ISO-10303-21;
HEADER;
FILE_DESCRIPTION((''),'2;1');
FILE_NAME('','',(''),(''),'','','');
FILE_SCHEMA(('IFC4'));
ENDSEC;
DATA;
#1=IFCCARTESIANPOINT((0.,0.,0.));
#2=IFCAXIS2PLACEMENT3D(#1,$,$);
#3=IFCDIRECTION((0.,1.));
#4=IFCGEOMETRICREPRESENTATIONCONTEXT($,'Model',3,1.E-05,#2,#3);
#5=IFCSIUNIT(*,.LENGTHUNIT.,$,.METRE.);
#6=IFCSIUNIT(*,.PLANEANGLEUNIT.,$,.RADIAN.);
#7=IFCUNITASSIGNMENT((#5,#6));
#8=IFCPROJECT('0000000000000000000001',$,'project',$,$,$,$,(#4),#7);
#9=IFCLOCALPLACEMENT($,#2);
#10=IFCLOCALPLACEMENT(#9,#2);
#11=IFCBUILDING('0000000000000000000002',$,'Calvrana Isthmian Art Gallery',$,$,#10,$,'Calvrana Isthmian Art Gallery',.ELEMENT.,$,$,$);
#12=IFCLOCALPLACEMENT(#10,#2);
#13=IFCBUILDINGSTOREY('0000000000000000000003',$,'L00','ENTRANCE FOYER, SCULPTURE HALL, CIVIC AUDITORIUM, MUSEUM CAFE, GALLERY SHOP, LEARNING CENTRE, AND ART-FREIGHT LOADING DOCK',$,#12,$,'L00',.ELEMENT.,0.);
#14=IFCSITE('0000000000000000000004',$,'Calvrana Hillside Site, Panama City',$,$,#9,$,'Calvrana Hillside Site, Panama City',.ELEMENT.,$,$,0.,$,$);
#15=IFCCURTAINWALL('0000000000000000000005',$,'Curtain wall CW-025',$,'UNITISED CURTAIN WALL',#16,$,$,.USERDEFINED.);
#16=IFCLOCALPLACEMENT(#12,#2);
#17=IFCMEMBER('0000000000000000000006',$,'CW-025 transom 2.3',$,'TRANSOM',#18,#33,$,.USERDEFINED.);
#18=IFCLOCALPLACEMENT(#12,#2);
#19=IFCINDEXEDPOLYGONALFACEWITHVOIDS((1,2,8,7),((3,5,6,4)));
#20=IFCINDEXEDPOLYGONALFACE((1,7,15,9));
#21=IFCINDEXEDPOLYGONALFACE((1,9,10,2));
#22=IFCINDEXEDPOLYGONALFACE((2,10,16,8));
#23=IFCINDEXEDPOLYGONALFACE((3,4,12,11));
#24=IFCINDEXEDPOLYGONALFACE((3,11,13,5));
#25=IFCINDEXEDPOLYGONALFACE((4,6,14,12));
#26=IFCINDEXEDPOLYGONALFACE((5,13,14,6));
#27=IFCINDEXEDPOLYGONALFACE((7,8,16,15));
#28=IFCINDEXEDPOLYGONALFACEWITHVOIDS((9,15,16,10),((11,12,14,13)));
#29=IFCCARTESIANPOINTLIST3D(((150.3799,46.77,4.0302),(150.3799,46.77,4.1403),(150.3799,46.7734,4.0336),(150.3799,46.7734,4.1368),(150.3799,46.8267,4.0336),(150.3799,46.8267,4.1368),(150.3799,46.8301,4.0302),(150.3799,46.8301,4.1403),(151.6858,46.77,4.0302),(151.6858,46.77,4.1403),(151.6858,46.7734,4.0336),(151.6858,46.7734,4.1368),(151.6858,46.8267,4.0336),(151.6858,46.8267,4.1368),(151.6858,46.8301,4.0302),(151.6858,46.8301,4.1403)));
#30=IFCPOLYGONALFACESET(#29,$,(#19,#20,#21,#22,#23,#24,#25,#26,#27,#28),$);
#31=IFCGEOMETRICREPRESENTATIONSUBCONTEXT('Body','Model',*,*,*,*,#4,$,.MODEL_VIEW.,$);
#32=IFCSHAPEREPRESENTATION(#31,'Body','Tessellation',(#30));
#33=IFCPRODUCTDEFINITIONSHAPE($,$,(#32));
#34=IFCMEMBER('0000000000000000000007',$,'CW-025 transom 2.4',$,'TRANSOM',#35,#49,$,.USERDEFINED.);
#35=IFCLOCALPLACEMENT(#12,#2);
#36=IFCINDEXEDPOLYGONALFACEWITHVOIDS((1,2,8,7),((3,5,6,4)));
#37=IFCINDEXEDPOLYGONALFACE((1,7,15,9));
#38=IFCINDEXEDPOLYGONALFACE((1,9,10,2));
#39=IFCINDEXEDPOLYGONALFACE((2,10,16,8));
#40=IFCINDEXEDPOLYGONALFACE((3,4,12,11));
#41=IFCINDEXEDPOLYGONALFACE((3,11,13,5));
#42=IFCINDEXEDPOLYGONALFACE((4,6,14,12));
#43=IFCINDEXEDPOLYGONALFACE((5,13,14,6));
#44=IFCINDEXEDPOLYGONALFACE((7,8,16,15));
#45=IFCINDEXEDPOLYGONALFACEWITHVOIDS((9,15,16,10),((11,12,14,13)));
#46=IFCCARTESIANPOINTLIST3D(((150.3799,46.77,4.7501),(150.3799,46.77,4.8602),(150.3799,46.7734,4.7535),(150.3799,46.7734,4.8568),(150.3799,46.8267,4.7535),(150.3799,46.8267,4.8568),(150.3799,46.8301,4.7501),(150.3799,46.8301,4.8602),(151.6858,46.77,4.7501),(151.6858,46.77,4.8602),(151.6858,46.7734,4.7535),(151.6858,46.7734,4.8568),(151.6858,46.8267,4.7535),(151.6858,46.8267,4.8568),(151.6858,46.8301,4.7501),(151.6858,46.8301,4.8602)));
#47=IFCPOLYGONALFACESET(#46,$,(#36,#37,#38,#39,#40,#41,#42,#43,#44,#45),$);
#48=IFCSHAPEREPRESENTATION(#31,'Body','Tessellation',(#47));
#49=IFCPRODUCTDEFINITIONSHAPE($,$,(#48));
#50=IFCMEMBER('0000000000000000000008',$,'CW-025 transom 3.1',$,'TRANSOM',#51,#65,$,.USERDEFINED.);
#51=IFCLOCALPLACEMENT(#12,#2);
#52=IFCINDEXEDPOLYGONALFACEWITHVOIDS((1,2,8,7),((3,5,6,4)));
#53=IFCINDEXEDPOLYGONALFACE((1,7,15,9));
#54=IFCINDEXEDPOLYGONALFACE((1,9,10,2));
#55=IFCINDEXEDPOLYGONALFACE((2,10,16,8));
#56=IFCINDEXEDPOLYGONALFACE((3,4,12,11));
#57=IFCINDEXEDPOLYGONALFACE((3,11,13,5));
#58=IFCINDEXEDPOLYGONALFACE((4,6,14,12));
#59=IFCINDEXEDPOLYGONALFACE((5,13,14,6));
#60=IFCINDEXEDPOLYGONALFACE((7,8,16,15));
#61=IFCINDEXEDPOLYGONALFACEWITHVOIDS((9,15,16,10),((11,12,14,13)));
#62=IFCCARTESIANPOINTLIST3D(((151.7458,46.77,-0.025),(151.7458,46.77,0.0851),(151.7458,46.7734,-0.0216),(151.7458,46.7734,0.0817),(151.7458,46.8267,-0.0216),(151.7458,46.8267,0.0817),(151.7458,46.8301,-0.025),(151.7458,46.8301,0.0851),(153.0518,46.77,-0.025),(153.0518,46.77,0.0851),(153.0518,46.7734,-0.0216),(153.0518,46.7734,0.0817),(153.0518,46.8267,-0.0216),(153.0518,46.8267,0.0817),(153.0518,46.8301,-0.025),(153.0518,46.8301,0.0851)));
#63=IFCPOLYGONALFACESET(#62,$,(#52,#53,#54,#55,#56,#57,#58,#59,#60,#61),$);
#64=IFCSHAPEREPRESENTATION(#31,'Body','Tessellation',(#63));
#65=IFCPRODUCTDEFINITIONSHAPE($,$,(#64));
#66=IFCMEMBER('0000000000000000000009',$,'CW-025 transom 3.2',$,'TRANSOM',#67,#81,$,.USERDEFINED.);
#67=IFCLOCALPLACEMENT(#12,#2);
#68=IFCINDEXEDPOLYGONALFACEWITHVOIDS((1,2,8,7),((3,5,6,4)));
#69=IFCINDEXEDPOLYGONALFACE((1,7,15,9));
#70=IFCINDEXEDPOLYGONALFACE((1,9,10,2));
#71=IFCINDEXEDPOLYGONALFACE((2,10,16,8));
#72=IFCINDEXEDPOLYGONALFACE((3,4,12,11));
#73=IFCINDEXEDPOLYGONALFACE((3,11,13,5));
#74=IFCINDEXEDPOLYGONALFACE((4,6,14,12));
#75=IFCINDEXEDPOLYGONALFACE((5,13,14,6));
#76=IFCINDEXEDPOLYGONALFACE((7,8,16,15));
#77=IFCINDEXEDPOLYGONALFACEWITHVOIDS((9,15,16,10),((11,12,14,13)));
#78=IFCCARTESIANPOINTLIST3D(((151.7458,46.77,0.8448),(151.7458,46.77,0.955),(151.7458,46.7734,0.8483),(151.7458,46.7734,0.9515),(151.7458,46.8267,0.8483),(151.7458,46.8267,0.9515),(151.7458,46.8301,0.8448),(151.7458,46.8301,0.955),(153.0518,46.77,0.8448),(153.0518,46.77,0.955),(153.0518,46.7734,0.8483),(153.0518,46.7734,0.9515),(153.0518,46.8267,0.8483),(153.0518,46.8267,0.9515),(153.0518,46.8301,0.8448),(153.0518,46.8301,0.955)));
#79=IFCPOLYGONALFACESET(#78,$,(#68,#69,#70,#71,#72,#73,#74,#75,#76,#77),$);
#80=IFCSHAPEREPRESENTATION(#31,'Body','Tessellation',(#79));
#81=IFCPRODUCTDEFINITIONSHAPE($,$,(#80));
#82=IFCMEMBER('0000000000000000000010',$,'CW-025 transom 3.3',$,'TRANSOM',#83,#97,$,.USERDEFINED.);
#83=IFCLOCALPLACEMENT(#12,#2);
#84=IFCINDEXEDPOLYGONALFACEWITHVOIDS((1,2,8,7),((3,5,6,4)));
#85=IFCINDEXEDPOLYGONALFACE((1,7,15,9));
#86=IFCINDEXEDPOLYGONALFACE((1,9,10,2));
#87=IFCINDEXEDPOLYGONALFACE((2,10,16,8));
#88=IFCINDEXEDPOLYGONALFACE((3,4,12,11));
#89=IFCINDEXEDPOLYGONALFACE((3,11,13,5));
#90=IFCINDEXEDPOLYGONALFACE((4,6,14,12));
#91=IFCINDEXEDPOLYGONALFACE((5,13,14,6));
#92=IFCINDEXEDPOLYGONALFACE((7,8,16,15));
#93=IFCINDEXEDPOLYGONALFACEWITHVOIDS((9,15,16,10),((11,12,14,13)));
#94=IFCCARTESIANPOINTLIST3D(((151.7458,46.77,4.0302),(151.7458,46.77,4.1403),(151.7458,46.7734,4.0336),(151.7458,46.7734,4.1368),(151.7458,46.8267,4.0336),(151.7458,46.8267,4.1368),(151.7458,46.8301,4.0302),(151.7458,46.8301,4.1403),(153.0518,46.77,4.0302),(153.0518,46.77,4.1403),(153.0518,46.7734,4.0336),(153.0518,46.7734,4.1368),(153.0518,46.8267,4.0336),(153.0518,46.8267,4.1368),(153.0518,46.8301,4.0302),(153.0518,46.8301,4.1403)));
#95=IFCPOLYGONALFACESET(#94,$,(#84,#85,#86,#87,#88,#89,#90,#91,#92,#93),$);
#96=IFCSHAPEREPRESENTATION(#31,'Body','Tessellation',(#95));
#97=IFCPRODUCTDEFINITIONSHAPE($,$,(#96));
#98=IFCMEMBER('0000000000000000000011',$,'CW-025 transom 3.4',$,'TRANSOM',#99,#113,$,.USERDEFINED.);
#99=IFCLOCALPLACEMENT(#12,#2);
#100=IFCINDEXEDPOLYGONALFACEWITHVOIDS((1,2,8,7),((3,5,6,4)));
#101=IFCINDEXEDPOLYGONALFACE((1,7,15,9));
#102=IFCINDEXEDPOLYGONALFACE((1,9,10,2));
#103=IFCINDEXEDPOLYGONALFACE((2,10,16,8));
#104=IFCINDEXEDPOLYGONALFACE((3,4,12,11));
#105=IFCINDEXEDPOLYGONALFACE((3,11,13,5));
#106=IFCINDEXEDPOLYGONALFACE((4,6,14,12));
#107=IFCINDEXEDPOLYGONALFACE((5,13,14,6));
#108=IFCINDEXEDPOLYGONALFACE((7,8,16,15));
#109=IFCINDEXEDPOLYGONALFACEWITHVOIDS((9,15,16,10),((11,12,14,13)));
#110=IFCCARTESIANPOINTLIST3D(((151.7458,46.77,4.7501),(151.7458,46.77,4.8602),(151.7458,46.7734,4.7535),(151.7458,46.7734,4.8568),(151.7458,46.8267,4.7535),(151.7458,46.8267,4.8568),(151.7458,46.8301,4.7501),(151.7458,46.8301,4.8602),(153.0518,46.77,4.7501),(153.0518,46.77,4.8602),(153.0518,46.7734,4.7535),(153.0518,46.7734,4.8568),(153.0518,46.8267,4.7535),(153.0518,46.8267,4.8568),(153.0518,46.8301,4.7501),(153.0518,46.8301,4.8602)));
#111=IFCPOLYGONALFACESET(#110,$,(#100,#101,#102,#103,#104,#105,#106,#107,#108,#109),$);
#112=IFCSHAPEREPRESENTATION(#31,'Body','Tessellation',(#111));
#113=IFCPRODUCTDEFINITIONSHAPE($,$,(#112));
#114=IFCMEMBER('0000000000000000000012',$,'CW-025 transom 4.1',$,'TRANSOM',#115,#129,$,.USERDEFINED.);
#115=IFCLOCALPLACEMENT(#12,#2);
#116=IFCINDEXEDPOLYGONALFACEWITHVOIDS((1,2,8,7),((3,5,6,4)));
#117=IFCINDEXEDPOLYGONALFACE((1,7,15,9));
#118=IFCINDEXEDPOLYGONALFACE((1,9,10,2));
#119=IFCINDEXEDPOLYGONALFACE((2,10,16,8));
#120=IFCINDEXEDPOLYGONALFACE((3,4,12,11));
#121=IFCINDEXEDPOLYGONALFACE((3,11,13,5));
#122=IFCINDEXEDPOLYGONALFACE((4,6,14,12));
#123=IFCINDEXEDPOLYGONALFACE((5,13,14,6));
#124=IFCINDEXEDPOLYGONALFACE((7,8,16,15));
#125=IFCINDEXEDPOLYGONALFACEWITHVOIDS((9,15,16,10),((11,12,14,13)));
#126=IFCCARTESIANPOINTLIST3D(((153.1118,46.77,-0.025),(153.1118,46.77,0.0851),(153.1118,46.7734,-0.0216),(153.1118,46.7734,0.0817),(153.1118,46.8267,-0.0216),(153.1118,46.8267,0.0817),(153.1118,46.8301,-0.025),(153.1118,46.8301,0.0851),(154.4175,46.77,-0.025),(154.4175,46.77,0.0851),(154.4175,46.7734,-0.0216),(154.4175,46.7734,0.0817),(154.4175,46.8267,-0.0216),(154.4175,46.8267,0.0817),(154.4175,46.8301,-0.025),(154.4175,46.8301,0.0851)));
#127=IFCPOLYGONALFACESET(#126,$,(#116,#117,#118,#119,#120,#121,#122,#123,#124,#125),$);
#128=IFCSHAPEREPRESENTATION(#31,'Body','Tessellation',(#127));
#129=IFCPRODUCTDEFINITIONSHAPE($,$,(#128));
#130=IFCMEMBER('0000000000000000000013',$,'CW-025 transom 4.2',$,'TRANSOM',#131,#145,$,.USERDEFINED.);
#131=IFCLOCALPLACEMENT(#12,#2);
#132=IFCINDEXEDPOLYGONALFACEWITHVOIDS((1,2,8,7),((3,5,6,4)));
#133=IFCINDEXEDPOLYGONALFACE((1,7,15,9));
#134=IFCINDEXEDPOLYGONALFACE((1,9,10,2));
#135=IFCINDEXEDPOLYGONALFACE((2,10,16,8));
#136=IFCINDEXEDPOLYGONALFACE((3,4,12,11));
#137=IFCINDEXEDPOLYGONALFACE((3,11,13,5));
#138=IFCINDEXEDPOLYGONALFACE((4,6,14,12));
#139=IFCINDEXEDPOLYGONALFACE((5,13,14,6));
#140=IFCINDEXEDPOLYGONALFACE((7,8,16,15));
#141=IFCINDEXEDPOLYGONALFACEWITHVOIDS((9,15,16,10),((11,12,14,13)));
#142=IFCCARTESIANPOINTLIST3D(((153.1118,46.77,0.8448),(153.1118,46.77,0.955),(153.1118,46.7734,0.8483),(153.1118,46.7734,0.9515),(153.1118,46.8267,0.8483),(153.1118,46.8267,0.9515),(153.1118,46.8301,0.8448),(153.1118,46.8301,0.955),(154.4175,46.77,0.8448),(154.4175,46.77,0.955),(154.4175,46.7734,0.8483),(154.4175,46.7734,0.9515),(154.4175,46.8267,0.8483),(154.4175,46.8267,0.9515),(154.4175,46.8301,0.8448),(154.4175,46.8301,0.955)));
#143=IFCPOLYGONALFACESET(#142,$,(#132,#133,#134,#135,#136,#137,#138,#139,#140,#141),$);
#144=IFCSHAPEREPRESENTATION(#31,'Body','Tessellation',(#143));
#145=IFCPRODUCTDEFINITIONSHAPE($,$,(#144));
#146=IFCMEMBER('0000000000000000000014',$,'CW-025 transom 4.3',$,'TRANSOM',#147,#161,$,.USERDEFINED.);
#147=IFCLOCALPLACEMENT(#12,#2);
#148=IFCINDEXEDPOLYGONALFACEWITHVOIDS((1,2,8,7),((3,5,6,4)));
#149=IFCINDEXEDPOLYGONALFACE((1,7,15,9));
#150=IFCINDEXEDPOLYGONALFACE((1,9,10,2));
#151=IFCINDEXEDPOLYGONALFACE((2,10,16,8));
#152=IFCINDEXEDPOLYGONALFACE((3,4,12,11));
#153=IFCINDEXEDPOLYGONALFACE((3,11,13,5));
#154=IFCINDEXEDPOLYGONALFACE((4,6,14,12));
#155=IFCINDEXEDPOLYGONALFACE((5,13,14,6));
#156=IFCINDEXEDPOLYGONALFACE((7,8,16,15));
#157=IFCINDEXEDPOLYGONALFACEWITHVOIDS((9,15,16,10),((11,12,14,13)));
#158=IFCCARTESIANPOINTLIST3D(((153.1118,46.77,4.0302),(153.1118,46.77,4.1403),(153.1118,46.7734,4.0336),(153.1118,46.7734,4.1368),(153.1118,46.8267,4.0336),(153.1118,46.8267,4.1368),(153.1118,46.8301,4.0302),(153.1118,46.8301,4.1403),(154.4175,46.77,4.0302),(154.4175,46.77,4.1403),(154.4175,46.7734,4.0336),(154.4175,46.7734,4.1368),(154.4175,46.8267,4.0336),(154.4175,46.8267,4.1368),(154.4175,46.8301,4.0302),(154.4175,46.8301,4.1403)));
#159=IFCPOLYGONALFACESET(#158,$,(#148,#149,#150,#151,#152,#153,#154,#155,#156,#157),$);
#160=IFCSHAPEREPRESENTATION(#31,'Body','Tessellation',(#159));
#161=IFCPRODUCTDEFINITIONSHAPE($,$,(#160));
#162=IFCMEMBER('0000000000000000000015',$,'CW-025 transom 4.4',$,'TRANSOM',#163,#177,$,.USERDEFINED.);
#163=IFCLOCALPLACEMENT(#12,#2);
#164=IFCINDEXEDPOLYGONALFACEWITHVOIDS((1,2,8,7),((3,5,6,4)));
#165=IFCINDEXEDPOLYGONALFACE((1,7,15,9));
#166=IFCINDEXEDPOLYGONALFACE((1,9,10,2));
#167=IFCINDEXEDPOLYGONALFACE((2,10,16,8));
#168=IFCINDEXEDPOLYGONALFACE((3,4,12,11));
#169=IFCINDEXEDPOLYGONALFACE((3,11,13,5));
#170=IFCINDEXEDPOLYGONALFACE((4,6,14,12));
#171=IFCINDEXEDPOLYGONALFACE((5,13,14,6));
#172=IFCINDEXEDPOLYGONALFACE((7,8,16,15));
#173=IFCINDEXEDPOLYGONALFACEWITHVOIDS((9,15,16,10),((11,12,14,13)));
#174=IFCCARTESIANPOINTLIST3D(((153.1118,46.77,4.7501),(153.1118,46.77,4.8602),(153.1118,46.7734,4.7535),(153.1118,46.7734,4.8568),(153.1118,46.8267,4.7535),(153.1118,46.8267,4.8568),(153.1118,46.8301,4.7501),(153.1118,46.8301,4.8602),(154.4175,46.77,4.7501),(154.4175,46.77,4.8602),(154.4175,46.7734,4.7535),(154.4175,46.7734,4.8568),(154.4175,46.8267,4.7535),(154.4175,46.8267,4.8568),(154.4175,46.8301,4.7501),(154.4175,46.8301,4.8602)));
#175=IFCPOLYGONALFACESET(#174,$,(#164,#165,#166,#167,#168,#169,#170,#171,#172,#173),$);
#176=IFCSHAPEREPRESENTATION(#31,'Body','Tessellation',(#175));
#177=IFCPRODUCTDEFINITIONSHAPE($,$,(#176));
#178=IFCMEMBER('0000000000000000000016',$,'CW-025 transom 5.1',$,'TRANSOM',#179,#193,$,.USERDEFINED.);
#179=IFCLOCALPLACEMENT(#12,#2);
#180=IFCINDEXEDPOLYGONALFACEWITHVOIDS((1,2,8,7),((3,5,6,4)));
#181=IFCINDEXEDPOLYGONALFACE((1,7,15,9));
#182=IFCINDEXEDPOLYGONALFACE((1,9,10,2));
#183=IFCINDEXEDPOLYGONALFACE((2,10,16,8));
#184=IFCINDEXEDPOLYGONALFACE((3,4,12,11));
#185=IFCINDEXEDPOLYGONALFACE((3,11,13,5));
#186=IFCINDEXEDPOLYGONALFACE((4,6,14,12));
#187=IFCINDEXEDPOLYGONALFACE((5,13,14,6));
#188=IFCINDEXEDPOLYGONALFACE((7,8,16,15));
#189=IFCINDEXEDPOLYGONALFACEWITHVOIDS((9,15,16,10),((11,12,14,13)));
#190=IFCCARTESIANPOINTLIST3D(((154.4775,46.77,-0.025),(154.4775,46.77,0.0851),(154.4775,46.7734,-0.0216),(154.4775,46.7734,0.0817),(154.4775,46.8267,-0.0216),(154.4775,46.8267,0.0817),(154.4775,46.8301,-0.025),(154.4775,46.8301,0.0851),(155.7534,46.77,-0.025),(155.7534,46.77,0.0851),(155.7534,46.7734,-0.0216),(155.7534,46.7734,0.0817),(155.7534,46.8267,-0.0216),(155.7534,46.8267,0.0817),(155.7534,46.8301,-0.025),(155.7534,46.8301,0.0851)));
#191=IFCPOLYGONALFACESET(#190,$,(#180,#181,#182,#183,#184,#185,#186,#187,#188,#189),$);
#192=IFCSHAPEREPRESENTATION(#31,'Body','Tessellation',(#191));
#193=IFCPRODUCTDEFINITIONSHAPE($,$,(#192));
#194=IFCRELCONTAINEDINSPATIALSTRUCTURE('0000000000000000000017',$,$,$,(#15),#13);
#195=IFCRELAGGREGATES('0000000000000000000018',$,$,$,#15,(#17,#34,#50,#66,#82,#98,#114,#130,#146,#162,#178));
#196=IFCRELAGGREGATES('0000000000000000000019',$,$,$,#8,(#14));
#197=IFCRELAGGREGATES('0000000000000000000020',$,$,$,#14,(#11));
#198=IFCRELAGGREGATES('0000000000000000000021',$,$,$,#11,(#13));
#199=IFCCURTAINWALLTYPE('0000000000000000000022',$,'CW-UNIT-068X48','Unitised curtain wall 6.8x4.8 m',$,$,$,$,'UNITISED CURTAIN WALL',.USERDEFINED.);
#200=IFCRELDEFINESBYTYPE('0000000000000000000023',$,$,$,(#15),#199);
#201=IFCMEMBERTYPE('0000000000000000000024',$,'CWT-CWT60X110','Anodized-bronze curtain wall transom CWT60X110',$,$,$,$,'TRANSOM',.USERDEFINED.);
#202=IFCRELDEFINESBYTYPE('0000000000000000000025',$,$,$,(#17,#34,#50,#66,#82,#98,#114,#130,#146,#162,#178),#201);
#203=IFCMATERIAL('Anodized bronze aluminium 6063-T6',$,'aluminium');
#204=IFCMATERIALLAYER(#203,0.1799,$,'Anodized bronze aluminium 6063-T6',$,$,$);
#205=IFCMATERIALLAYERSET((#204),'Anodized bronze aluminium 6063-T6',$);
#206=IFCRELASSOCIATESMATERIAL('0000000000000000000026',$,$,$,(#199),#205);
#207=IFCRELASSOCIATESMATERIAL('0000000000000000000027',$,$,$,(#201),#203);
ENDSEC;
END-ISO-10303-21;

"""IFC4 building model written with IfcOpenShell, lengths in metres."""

from ifc_helpers import new_model, si_unit, direction, frame, origin, origin_2d, place, context, subcontext, project, spatial, hollow_rectangle, extrude, material, layer, layer_set, material_profile, profile_set, type_object, element, aggregate, save


model = new_model("IFC4")

# Units and contexts
model_context = context("Model", 3, precision=1e-05, world=origin(), true_north=direction((0.0, 1.0)))
body_context = subcontext(model_context, "Body", "Model", "MODEL_VIEW")
ifc_project = project(units=[si_unit("LENGTHUNIT", "METRE"), si_unit("PLANEANGLEUNIT", "RADIAN")], contexts=[model_context])

# Site, building, storey
site_placement = place(None, origin())
site = spatial("IfcSite", under=ifc_project, at=site_placement, Name="Calvrana Hillside Site, Panama City", LongName="Calvrana Hillside Site, Panama City", CompositionType="ELEMENT", RefElevation=0.0)
building_placement = place(site_placement, origin())
building = spatial("IfcBuilding", under=site, at=building_placement, Name="Calvrana Isthmian Art Gallery", LongName="Calvrana Isthmian Art Gallery", CompositionType="ELEMENT")
storey_placement = place(building_placement, origin())
storey = spatial("IfcBuildingStorey", under=building, at=storey_placement, Name="L00", Description="ENTRANCE FOYER, SCULPTURE HALL, CIVIC AUDITORIUM, MUSEUM CAFE, GALLERY SHOP, LEARNING CENTRE, AND ART-FREIGHT LOADING DOCK", LongName="L00", CompositionType="ELEMENT", Elevation=0.0)

# Curtain wall, members
ifc_material_1 = material(Name="Anodized bronze aluminium 6063-T6", Category="aluminium")
ifc_layer_1 = layer(ifc_material_1, 0.1799, Name="Anodized bronze aluminium 6063-T6")
ifc_layer_set_1 = layer_set([ifc_layer_1], Name="Anodized bronze aluminium 6063-T6")
curtain_wall_type = type_object("IfcCurtainWallType", Name="CW-UNIT-068X48", Description="Unitised curtain wall 6.8x4.8 m", ElementType="UNITISED CURTAIN WALL", PredefinedType="USERDEFINED", material=ifc_layer_set_1)
curtain_wall_placement = place(storey_placement, origin())
curtain_wall = element("IfcCurtainWall", 1, at=curtain_wall_placement, inside=storey, type_object=curtain_wall_type, Name="Curtain wall CW-025", ObjectType="UNITISED CURTAIN WALL", PredefinedType="USERDEFINED")
ifc_material_profile_1 = material_profile(ifc_material_1, hollow_rectangle(XDim=0.0601, YDim=0.1101, WallThickness=0.0034, at=origin_2d()), Name="CWT60X110")
ifc_profile_set_1 = profile_set([ifc_material_profile_1], Name="Anodized bronze aluminium 6063-T6")
member_type_1 = type_object("IfcMemberType", Name="CWT-CWT60X110", Description="Anodized-bronze curtain wall transom CWT60X110", ElementType="TRANSOM", PredefinedType="USERDEFINED", material=ifc_profile_set_1)
member_1_placement = place(storey_placement, frame((150.3799, 46.8, 4.0852), z_axis=(1.0, 0.0, 0.0), x_axis=(0.0, 1.0, 0.0)))
member_1 = element("IfcMember", 2, at=member_1_placement, type_object=member_type_1, Name="CW-025 transom 2.3", ObjectType="TRANSOM", PredefinedType="USERDEFINED", context=body_context, shape_type="SweptSolid", body=[
    extrude(hollow_rectangle(XDim=0.0601, YDim=0.1101, WallThickness=0.0034, at=origin_2d()), origin(), (0.0, 0.0, 1.0), 1.3059),
])
member_2_placement = place(storey_placement, frame((150.3799, 46.8, 4.8052), z_axis=(1.0, 0.0, 0.0), x_axis=(0.0, 1.0, 0.0)))
member_2 = element("IfcMember", 3, at=member_2_placement, type_object=member_type_1, Name="CW-025 transom 2.4", ObjectType="TRANSOM", PredefinedType="USERDEFINED", context=body_context, shape_type="SweptSolid", body=[
    extrude(hollow_rectangle(XDim=0.0601, YDim=0.1101, WallThickness=0.0034, at=origin_2d()), origin(), (0.0, 0.0, 1.0), 1.3059),
])
member_3_placement = place(storey_placement, frame((151.7458, 46.8, 0.03), z_axis=(1.0, 0.0, 0.0), x_axis=(0.0, 1.0, 0.0)))
member_3 = element("IfcMember", 4, at=member_3_placement, type_object=member_type_1, Name="CW-025 transom 3.1", ObjectType="TRANSOM", PredefinedType="USERDEFINED", context=body_context, shape_type="SweptSolid", body=[
    extrude(hollow_rectangle(XDim=0.0601, YDim=0.1101, WallThickness=0.0034, at=origin_2d()), origin(), (0.0, 0.0, 1.0), 1.3059),
])
member_4_placement = place(storey_placement, frame((151.7458, 46.8, 0.8999), z_axis=(1.0, 0.0, 0.0), x_axis=(0.0, 1.0, 0.0)))
member_4 = element("IfcMember", 5, at=member_4_placement, type_object=member_type_1, Name="CW-025 transom 3.2", ObjectType="TRANSOM", PredefinedType="USERDEFINED", context=body_context, shape_type="SweptSolid", body=[
    extrude(hollow_rectangle(XDim=0.0601, YDim=0.1101, WallThickness=0.0034, at=origin_2d()), origin(), (0.0, 0.0, 1.0), 1.3059),
])
member_5_placement = place(storey_placement, frame((151.7458, 46.8, 4.0852), z_axis=(1.0, 0.0, 0.0), x_axis=(0.0, 1.0, 0.0)))
member_5 = element("IfcMember", 6, at=member_5_placement, type_object=member_type_1, Name="CW-025 transom 3.3", ObjectType="TRANSOM", PredefinedType="USERDEFINED", context=body_context, shape_type="SweptSolid", body=[
    extrude(hollow_rectangle(XDim=0.0601, YDim=0.1101, WallThickness=0.0034, at=origin_2d()), origin(), (0.0, 0.0, 1.0), 1.3059),
])
member_6_placement = place(storey_placement, frame((151.7458, 46.8, 4.8052), z_axis=(1.0, 0.0, 0.0), x_axis=(0.0, 1.0, 0.0)))
member_6 = element("IfcMember", 7, at=member_6_placement, type_object=member_type_1, Name="CW-025 transom 3.4", ObjectType="TRANSOM", PredefinedType="USERDEFINED", context=body_context, shape_type="SweptSolid", body=[
    extrude(hollow_rectangle(XDim=0.0601, YDim=0.1101, WallThickness=0.0034, at=origin_2d()), origin(), (0.0, 0.0, 1.0), 1.3059),
])
member_7_placement = place(storey_placement, frame((153.1118, 46.8, 0.03), z_axis=(1.0, 0.0, 0.0), x_axis=(0.0, 1.0, 0.0)))
member_7 = element("IfcMember", 8, at=member_7_placement, type_object=member_type_1, Name="CW-025 transom 4.1", ObjectType="TRANSOM", PredefinedType="USERDEFINED", context=body_context, shape_type="SweptSolid", body=[
    extrude(hollow_rectangle(XDim=0.0601, YDim=0.1101, WallThickness=0.0034, at=origin_2d()), origin(), (0.0, 0.0, 1.0), 1.3057),
])
member_8_placement = place(storey_placement, frame((153.1118, 46.8, 0.8999), z_axis=(1.0, 0.0, 0.0), x_axis=(0.0, 1.0, 0.0)))
member_8 = element("IfcMember", 9, at=member_8_placement, type_object=member_type_1, Name="CW-025 transom 4.2", ObjectType="TRANSOM", PredefinedType="USERDEFINED", context=body_context, shape_type="SweptSolid", body=[
    extrude(hollow_rectangle(XDim=0.0601, YDim=0.1101, WallThickness=0.0034, at=origin_2d()), origin(), (0.0, 0.0, 1.0), 1.3057),
])
member_9_placement = place(storey_placement, frame((153.1118, 46.8, 4.0852), z_axis=(1.0, 0.0, 0.0), x_axis=(0.0, 1.0, 0.0)))
member_9 = element("IfcMember", 10, at=member_9_placement, type_object=member_type_1, Name="CW-025 transom 4.3", ObjectType="TRANSOM", PredefinedType="USERDEFINED", context=body_context, shape_type="SweptSolid", body=[
    extrude(hollow_rectangle(XDim=0.0601, YDim=0.1101, WallThickness=0.0034, at=origin_2d()), origin(), (0.0, 0.0, 1.0), 1.3057),
])
member_10_placement = place(storey_placement, frame((153.1118, 46.8, 4.8052), z_axis=(1.0, 0.0, 0.0), x_axis=(0.0, 1.0, 0.0)))
member_10 = element("IfcMember", 11, at=member_10_placement, type_object=member_type_1, Name="CW-025 transom 4.4", ObjectType="TRANSOM", PredefinedType="USERDEFINED", context=body_context, shape_type="SweptSolid", body=[
    extrude(hollow_rectangle(XDim=0.0601, YDim=0.1101, WallThickness=0.0034, at=origin_2d()), origin(), (0.0, 0.0, 1.0), 1.3057),
])
member_11_placement = place(storey_placement, frame((154.4775, 46.8, 0.03), z_axis=(1.0, 0.0, 0.0), x_axis=(0.0, 1.0, 0.0)))
member_11 = element("IfcMember", 12, at=member_11_placement, type_object=member_type_1, Name="CW-025 transom 5.1", ObjectType="TRANSOM", PredefinedType="USERDEFINED", context=body_context, shape_type="SweptSolid", body=[
    extrude(hollow_rectangle(XDim=0.0601, YDim=0.1101, WallThickness=0.0034, at=origin_2d()), origin(), (0.0, 0.0, 1.0), 1.2759),
])
aggregate(curtain_wall, [member_1, member_2, member_3, member_4, member_5, member_6, member_7, member_8, member_9, member_10, member_11])

save(model, "model.ifc")
